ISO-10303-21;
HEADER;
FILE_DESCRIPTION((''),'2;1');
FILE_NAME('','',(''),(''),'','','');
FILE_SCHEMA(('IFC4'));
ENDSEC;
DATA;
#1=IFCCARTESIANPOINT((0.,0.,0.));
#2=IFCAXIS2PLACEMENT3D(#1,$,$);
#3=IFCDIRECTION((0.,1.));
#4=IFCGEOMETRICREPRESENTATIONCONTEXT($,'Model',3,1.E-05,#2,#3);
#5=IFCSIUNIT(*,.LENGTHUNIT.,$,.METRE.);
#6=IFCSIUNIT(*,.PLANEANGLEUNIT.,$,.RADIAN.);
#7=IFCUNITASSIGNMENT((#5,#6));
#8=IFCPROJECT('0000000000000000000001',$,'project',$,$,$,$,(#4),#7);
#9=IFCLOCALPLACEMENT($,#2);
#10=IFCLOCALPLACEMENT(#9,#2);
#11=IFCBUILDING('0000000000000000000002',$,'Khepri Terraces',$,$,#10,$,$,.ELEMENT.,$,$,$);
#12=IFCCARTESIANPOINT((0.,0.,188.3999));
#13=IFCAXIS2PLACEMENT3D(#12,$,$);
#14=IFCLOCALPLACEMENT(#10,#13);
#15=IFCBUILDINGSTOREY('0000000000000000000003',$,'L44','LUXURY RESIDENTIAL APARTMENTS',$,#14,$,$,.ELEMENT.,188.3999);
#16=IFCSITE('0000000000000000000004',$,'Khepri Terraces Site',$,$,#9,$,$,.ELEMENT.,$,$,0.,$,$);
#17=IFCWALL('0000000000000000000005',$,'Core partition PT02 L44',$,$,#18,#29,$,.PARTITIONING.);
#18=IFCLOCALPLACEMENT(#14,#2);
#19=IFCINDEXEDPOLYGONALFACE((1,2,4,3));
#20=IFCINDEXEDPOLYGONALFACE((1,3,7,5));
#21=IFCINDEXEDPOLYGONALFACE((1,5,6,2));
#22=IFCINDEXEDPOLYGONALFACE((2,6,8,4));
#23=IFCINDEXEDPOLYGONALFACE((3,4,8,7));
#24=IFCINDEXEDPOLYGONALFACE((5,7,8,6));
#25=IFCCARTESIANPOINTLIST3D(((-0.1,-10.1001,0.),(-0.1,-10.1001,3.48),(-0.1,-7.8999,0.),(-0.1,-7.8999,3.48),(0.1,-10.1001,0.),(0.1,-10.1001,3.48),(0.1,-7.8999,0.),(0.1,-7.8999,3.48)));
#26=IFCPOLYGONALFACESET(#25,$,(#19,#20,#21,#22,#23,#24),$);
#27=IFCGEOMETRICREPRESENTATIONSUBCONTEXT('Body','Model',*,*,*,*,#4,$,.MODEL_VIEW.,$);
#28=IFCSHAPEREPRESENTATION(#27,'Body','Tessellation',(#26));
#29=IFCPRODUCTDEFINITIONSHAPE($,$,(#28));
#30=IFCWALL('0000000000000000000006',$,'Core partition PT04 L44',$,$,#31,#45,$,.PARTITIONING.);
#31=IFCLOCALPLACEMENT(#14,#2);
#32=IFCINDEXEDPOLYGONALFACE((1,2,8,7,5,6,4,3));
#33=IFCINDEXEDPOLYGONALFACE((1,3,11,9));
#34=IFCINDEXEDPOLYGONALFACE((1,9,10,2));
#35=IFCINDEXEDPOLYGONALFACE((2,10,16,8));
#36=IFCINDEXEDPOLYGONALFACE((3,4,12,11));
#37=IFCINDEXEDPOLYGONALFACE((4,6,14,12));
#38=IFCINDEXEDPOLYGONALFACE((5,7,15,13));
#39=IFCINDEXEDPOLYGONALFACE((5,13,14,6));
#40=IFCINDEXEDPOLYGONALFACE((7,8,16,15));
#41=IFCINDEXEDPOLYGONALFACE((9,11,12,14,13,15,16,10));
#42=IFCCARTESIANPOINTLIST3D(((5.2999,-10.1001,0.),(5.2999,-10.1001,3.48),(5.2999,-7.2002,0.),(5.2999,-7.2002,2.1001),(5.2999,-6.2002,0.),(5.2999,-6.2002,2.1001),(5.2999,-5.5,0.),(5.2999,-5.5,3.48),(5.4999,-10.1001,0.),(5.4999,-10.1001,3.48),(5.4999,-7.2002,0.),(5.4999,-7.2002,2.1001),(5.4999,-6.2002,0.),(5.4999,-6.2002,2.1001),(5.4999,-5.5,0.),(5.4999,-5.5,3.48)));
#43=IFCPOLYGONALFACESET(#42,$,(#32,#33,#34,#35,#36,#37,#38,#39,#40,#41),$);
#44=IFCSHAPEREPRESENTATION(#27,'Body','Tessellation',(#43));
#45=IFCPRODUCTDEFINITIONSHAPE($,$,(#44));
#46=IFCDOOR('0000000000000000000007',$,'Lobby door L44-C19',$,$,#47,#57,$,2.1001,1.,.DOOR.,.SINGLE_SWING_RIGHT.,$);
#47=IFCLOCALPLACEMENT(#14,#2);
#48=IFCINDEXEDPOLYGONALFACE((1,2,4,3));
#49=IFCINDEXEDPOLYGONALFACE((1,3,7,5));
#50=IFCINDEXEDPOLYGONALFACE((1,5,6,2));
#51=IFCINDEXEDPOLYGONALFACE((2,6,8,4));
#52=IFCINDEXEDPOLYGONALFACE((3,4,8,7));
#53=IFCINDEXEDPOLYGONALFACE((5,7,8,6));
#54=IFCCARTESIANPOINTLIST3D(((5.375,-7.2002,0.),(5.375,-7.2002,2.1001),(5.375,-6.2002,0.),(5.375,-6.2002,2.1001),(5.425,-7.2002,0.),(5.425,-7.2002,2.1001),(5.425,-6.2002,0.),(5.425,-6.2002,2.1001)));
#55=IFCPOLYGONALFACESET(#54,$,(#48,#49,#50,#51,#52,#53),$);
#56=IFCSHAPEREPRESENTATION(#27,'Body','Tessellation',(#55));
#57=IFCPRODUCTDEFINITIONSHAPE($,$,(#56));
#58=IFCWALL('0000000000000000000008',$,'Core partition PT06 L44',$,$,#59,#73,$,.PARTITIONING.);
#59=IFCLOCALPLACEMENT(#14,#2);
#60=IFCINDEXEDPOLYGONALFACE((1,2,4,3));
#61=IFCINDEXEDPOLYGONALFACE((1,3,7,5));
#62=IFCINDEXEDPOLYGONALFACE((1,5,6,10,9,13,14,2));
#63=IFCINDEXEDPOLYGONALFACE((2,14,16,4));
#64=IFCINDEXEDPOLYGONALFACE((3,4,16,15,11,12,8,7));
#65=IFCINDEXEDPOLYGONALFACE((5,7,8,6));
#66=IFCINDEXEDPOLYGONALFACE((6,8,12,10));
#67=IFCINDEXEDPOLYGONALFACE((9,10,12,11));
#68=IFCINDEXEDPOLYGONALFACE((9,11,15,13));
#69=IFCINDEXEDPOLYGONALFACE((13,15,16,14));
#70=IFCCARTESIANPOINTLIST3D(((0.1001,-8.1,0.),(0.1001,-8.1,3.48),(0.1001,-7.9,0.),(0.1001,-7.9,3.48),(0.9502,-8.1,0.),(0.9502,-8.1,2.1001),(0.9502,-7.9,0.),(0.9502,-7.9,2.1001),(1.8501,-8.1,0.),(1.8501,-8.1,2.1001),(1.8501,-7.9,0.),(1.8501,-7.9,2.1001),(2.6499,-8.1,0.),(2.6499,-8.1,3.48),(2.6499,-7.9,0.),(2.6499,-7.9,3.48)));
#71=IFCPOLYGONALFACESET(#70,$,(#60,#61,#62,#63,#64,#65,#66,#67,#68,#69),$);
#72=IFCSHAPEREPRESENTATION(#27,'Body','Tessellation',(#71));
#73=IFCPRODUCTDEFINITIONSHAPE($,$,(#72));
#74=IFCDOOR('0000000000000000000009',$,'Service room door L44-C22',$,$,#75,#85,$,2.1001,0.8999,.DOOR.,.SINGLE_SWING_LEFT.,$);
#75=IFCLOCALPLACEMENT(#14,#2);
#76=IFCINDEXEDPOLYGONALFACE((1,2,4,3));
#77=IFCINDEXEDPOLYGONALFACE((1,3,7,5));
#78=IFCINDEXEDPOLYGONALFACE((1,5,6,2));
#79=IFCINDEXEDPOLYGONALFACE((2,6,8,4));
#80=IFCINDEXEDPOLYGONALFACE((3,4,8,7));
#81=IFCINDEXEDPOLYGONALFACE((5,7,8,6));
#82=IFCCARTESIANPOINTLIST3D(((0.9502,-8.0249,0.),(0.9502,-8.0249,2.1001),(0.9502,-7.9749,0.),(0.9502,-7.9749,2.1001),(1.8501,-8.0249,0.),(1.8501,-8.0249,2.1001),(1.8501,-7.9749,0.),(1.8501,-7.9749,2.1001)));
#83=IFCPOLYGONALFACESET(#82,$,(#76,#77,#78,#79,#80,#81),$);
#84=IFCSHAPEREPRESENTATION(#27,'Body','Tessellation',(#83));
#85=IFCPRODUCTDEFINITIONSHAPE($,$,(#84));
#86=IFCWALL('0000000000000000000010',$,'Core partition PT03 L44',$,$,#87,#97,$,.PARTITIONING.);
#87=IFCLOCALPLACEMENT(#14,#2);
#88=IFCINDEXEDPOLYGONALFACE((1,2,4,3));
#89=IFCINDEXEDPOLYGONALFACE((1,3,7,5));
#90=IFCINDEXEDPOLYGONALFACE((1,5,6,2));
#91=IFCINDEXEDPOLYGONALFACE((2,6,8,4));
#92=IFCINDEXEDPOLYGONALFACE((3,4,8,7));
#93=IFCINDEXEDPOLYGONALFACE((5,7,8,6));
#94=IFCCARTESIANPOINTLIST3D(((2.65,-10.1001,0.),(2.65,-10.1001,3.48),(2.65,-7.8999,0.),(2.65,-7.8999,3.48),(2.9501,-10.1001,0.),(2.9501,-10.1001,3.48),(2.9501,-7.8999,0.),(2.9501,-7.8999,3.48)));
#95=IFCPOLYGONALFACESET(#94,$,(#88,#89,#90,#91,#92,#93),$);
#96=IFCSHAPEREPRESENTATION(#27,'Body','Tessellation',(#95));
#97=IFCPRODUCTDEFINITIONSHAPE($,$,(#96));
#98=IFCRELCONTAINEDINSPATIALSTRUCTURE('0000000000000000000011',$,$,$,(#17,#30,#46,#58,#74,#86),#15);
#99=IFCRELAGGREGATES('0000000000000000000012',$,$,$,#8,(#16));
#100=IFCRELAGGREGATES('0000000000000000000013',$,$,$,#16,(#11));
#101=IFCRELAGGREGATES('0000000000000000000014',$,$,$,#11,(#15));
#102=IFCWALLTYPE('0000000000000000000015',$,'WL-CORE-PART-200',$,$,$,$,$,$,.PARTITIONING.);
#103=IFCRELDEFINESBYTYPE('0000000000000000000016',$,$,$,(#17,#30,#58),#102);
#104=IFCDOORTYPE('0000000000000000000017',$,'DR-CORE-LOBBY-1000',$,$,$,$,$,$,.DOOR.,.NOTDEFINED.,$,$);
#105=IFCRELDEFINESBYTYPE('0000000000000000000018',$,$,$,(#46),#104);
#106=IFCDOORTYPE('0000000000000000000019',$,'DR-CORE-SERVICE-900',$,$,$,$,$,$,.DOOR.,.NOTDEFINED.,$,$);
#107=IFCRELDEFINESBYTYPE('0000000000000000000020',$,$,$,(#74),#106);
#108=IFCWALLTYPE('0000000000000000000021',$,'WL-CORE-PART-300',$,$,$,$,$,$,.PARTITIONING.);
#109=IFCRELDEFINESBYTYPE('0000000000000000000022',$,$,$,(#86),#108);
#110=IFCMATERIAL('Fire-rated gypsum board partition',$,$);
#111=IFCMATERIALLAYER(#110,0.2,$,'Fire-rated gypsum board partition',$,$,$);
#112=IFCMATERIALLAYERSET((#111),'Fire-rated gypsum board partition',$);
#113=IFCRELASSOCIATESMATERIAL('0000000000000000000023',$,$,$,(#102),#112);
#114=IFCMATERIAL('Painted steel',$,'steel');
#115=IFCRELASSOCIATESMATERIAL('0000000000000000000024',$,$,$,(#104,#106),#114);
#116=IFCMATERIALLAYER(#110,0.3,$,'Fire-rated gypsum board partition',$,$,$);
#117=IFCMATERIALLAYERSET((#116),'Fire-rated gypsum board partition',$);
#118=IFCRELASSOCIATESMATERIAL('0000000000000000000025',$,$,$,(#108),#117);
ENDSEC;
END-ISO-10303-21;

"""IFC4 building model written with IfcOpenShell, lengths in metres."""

from ifc_helpers import new_model, si_unit, direction, frame, frame_2d, origin, place, context, subcontext, project, spatial, rectangle, extrude, material, layer, layer_set, type_object, element, fill, save


model = new_model("IFC4")

# Units and contexts
model_context = context("Model", 3, precision=1e-05, world=origin(), true_north=direction((0.0, 1.0)))
body_context = subcontext(model_context, "Body", "Model", "MODEL_VIEW")
ifc_project = project(units=[si_unit("LENGTHUNIT", "METRE"), si_unit("PLANEANGLEUNIT", "RADIAN")], contexts=[model_context])

# Site, building, storey
site_placement = place(None, origin())
site = spatial("IfcSite", under=ifc_project, at=site_placement, Name="Khepri Terraces Site", CompositionType="ELEMENT", RefElevation=0.0)
building_placement = place(site_placement, origin())
building = spatial("IfcBuilding", under=site, at=building_placement, Name="Khepri Terraces", CompositionType="ELEMENT")
storey_placement = place(building_placement, frame((0.0, 0.0, 188.3999)))
storey = spatial("IfcBuildingStorey", under=building, at=storey_placement, Name="L44", Description="LUXURY RESIDENTIAL APARTMENTS", CompositionType="ELEMENT", Elevation=188.3999)

# Wall
ifc_material_1 = material(Name="Fire-rated gypsum board partition")
ifc_layer_1 = layer(ifc_material_1, 0.2, Name="Fire-rated gypsum board partition")
ifc_layer_set_1 = layer_set([ifc_layer_1], Name="Fire-rated gypsum board partition")
wall_type_1 = type_object("IfcWallType", Name="WL-CORE-PART-200", PredefinedType="PARTITIONING", material=ifc_layer_set_1)
wall_1_placement = place(storey_placement, frame((0.0, -10.1001, 0.0), z_axis=(0.0, 0.0, 1.0), x_axis=(0.0, 1.0, 0.0)))
element("IfcWall", 1, at=wall_1_placement, inside=storey, type_object=wall_type_1, Name="Core partition PT02 L44", PredefinedType="PARTITIONING", context=body_context, shape_type="SweptSolid", body=[
    extrude(rectangle(XDim=2.2002, YDim=0.2, at=frame_2d((1.1001, 0.0))), origin(), (0.0, 0.0, 1.0), 3.48),
])

# Walls, openings, doors
wall_2_placement = place(storey_placement, frame((5.3999, -10.1001, 0.0), z_axis=(0.0, 0.0, 1.0), x_axis=(0.0, 1.0, 0.0)))
wall_2 = element("IfcWall", 2, at=wall_2_placement, inside=storey, type_object=wall_type_1, Name="Core partition PT04 L44", PredefinedType="PARTITIONING", context=body_context, shape_type="SweptSolid", body=[
    extrude(rectangle(XDim=4.6001, YDim=0.2, at=frame_2d((2.3, 0.0))), origin(), (0.0, 0.0, 1.0), 3.48),
])
opening_1_placement = place(wall_2_placement, frame((2.8999, 0.0, 0.0)))
opening_1 = element("IfcOpeningElement", 3, at=opening_1_placement, cuts=wall_2, PredefinedType="OPENING", context=body_context, shape_type="SweptSolid", body=[
    extrude(rectangle(XDim=1.0, YDim=2.1001, at=frame_2d((0.5, 1.05))), frame((0.0, 0.1099, 0.0), z_axis=(0.0, -1.0, 0.0), x_axis=(1.0, 0.0, 0.0)), (0.0, 0.0, 1.0), 0.22),
])
ifc_material_2 = material(Name="Painted steel", Category="steel")
door_type_1 = type_object("IfcDoorType", Name="DR-CORE-LOBBY-1000", OperationType="NOTDEFINED", PredefinedType="DOOR", material=ifc_material_2)
door_1_placement = place(opening_1_placement, origin())
door_1 = element("IfcDoor", 4, at=door_1_placement, inside=storey, type_object=door_type_1, Name="Lobby door L44-C19", OperationType="SINGLE_SWING_RIGHT", OverallHeight=2.1001, OverallWidth=1.0, PredefinedType="DOOR", context=body_context, shape_type="SweptSolid", body=[
    extrude(rectangle(XDim=1.0, YDim=2.1001, at=frame_2d((0.5, 1.05))), frame((0.0, 0.0249, 0.0), z_axis=(0.0, -1.0, 0.0), x_axis=(1.0, 0.0, 0.0)), (0.0, 0.0, 1.0), 0.05),
])
fill(opening_1, door_1)
wall_3_placement = place(storey_placement, frame((0.1001, -8.0, 0.0), z_axis=(0.0, 0.0, 1.0), x_axis=(1.0, 0.0, 0.0)))
wall_3 = element("IfcWall", 5, at=wall_3_placement, inside=storey, type_object=wall_type_1, Name="Core partition PT06 L44", PredefinedType="PARTITIONING", context=body_context, shape_type="SweptSolid", body=[
    extrude(rectangle(XDim=2.5498, YDim=0.2, at=frame_2d((1.2749, 0.0))), origin(), (0.0, 0.0, 1.0), 3.48),
])
opening_2_placement = place(wall_3_placement, frame((0.8501, 0.0, 0.0)))
opening_2 = element("IfcOpeningElement", 6, at=opening_2_placement, cuts=wall_3, PredefinedType="OPENING", context=body_context, shape_type="SweptSolid", body=[
    extrude(rectangle(XDim=0.8999, YDim=2.1001, at=frame_2d((0.45, 1.05))), frame((0.0, 0.1099, 0.0), z_axis=(0.0, -1.0, 0.0), x_axis=(1.0, 0.0, 0.0)), (0.0, 0.0, 1.0), 0.22),
])
door_type_2 = type_object("IfcDoorType", Name="DR-CORE-SERVICE-900", OperationType="NOTDEFINED", PredefinedType="DOOR", material=ifc_material_2)
door_2_placement = place(opening_2_placement, frame((0.8999, 0.0, 0.0), z_axis=(0.0, 0.0, 1.0), x_axis=(-1.0, 0.0, 0.0)))
door_2 = element("IfcDoor", 7, at=door_2_placement, inside=storey, type_object=door_type_2, Name="Service room door L44-C22", OperationType="SINGLE_SWING_LEFT", OverallHeight=2.1001, OverallWidth=0.8999, PredefinedType="DOOR", context=body_context, shape_type="SweptSolid", body=[
    extrude(rectangle(XDim=0.8999, YDim=2.1001, at=frame_2d((0.45, 1.05))), frame((0.0, 0.0249, 0.0), z_axis=(0.0, -1.0, 0.0), x_axis=(1.0, 0.0, 0.0)), (0.0, 0.0, 1.0), 0.05),
])
fill(opening_2, door_2)

# Wall
ifc_layer_2 = layer(ifc_material_1, 0.3, Name="Fire-rated gypsum board partition")
ifc_layer_set_2 = layer_set([ifc_layer_2], Name="Fire-rated gypsum board partition")
wall_type_2 = type_object("IfcWallType", Name="WL-CORE-PART-300", PredefinedType="PARTITIONING", material=ifc_layer_set_2)
wall_4_placement = place(storey_placement, frame((2.8, -10.1001, 0.0), z_axis=(0.0, 0.0, 1.0), x_axis=(0.0, 1.0, 0.0)))
element("IfcWall", 8, at=wall_4_placement, inside=storey, type_object=wall_type_2, Name="Core partition PT03 L44", PredefinedType="PARTITIONING", context=body_context, shape_type="SweptSolid", body=[
    extrude(rectangle(XDim=2.2002, YDim=0.3, at=frame_2d((1.1001, 0.0))), origin(), (0.0, 0.0, 1.0), 3.48),
])

save(model, "model.ifc")
